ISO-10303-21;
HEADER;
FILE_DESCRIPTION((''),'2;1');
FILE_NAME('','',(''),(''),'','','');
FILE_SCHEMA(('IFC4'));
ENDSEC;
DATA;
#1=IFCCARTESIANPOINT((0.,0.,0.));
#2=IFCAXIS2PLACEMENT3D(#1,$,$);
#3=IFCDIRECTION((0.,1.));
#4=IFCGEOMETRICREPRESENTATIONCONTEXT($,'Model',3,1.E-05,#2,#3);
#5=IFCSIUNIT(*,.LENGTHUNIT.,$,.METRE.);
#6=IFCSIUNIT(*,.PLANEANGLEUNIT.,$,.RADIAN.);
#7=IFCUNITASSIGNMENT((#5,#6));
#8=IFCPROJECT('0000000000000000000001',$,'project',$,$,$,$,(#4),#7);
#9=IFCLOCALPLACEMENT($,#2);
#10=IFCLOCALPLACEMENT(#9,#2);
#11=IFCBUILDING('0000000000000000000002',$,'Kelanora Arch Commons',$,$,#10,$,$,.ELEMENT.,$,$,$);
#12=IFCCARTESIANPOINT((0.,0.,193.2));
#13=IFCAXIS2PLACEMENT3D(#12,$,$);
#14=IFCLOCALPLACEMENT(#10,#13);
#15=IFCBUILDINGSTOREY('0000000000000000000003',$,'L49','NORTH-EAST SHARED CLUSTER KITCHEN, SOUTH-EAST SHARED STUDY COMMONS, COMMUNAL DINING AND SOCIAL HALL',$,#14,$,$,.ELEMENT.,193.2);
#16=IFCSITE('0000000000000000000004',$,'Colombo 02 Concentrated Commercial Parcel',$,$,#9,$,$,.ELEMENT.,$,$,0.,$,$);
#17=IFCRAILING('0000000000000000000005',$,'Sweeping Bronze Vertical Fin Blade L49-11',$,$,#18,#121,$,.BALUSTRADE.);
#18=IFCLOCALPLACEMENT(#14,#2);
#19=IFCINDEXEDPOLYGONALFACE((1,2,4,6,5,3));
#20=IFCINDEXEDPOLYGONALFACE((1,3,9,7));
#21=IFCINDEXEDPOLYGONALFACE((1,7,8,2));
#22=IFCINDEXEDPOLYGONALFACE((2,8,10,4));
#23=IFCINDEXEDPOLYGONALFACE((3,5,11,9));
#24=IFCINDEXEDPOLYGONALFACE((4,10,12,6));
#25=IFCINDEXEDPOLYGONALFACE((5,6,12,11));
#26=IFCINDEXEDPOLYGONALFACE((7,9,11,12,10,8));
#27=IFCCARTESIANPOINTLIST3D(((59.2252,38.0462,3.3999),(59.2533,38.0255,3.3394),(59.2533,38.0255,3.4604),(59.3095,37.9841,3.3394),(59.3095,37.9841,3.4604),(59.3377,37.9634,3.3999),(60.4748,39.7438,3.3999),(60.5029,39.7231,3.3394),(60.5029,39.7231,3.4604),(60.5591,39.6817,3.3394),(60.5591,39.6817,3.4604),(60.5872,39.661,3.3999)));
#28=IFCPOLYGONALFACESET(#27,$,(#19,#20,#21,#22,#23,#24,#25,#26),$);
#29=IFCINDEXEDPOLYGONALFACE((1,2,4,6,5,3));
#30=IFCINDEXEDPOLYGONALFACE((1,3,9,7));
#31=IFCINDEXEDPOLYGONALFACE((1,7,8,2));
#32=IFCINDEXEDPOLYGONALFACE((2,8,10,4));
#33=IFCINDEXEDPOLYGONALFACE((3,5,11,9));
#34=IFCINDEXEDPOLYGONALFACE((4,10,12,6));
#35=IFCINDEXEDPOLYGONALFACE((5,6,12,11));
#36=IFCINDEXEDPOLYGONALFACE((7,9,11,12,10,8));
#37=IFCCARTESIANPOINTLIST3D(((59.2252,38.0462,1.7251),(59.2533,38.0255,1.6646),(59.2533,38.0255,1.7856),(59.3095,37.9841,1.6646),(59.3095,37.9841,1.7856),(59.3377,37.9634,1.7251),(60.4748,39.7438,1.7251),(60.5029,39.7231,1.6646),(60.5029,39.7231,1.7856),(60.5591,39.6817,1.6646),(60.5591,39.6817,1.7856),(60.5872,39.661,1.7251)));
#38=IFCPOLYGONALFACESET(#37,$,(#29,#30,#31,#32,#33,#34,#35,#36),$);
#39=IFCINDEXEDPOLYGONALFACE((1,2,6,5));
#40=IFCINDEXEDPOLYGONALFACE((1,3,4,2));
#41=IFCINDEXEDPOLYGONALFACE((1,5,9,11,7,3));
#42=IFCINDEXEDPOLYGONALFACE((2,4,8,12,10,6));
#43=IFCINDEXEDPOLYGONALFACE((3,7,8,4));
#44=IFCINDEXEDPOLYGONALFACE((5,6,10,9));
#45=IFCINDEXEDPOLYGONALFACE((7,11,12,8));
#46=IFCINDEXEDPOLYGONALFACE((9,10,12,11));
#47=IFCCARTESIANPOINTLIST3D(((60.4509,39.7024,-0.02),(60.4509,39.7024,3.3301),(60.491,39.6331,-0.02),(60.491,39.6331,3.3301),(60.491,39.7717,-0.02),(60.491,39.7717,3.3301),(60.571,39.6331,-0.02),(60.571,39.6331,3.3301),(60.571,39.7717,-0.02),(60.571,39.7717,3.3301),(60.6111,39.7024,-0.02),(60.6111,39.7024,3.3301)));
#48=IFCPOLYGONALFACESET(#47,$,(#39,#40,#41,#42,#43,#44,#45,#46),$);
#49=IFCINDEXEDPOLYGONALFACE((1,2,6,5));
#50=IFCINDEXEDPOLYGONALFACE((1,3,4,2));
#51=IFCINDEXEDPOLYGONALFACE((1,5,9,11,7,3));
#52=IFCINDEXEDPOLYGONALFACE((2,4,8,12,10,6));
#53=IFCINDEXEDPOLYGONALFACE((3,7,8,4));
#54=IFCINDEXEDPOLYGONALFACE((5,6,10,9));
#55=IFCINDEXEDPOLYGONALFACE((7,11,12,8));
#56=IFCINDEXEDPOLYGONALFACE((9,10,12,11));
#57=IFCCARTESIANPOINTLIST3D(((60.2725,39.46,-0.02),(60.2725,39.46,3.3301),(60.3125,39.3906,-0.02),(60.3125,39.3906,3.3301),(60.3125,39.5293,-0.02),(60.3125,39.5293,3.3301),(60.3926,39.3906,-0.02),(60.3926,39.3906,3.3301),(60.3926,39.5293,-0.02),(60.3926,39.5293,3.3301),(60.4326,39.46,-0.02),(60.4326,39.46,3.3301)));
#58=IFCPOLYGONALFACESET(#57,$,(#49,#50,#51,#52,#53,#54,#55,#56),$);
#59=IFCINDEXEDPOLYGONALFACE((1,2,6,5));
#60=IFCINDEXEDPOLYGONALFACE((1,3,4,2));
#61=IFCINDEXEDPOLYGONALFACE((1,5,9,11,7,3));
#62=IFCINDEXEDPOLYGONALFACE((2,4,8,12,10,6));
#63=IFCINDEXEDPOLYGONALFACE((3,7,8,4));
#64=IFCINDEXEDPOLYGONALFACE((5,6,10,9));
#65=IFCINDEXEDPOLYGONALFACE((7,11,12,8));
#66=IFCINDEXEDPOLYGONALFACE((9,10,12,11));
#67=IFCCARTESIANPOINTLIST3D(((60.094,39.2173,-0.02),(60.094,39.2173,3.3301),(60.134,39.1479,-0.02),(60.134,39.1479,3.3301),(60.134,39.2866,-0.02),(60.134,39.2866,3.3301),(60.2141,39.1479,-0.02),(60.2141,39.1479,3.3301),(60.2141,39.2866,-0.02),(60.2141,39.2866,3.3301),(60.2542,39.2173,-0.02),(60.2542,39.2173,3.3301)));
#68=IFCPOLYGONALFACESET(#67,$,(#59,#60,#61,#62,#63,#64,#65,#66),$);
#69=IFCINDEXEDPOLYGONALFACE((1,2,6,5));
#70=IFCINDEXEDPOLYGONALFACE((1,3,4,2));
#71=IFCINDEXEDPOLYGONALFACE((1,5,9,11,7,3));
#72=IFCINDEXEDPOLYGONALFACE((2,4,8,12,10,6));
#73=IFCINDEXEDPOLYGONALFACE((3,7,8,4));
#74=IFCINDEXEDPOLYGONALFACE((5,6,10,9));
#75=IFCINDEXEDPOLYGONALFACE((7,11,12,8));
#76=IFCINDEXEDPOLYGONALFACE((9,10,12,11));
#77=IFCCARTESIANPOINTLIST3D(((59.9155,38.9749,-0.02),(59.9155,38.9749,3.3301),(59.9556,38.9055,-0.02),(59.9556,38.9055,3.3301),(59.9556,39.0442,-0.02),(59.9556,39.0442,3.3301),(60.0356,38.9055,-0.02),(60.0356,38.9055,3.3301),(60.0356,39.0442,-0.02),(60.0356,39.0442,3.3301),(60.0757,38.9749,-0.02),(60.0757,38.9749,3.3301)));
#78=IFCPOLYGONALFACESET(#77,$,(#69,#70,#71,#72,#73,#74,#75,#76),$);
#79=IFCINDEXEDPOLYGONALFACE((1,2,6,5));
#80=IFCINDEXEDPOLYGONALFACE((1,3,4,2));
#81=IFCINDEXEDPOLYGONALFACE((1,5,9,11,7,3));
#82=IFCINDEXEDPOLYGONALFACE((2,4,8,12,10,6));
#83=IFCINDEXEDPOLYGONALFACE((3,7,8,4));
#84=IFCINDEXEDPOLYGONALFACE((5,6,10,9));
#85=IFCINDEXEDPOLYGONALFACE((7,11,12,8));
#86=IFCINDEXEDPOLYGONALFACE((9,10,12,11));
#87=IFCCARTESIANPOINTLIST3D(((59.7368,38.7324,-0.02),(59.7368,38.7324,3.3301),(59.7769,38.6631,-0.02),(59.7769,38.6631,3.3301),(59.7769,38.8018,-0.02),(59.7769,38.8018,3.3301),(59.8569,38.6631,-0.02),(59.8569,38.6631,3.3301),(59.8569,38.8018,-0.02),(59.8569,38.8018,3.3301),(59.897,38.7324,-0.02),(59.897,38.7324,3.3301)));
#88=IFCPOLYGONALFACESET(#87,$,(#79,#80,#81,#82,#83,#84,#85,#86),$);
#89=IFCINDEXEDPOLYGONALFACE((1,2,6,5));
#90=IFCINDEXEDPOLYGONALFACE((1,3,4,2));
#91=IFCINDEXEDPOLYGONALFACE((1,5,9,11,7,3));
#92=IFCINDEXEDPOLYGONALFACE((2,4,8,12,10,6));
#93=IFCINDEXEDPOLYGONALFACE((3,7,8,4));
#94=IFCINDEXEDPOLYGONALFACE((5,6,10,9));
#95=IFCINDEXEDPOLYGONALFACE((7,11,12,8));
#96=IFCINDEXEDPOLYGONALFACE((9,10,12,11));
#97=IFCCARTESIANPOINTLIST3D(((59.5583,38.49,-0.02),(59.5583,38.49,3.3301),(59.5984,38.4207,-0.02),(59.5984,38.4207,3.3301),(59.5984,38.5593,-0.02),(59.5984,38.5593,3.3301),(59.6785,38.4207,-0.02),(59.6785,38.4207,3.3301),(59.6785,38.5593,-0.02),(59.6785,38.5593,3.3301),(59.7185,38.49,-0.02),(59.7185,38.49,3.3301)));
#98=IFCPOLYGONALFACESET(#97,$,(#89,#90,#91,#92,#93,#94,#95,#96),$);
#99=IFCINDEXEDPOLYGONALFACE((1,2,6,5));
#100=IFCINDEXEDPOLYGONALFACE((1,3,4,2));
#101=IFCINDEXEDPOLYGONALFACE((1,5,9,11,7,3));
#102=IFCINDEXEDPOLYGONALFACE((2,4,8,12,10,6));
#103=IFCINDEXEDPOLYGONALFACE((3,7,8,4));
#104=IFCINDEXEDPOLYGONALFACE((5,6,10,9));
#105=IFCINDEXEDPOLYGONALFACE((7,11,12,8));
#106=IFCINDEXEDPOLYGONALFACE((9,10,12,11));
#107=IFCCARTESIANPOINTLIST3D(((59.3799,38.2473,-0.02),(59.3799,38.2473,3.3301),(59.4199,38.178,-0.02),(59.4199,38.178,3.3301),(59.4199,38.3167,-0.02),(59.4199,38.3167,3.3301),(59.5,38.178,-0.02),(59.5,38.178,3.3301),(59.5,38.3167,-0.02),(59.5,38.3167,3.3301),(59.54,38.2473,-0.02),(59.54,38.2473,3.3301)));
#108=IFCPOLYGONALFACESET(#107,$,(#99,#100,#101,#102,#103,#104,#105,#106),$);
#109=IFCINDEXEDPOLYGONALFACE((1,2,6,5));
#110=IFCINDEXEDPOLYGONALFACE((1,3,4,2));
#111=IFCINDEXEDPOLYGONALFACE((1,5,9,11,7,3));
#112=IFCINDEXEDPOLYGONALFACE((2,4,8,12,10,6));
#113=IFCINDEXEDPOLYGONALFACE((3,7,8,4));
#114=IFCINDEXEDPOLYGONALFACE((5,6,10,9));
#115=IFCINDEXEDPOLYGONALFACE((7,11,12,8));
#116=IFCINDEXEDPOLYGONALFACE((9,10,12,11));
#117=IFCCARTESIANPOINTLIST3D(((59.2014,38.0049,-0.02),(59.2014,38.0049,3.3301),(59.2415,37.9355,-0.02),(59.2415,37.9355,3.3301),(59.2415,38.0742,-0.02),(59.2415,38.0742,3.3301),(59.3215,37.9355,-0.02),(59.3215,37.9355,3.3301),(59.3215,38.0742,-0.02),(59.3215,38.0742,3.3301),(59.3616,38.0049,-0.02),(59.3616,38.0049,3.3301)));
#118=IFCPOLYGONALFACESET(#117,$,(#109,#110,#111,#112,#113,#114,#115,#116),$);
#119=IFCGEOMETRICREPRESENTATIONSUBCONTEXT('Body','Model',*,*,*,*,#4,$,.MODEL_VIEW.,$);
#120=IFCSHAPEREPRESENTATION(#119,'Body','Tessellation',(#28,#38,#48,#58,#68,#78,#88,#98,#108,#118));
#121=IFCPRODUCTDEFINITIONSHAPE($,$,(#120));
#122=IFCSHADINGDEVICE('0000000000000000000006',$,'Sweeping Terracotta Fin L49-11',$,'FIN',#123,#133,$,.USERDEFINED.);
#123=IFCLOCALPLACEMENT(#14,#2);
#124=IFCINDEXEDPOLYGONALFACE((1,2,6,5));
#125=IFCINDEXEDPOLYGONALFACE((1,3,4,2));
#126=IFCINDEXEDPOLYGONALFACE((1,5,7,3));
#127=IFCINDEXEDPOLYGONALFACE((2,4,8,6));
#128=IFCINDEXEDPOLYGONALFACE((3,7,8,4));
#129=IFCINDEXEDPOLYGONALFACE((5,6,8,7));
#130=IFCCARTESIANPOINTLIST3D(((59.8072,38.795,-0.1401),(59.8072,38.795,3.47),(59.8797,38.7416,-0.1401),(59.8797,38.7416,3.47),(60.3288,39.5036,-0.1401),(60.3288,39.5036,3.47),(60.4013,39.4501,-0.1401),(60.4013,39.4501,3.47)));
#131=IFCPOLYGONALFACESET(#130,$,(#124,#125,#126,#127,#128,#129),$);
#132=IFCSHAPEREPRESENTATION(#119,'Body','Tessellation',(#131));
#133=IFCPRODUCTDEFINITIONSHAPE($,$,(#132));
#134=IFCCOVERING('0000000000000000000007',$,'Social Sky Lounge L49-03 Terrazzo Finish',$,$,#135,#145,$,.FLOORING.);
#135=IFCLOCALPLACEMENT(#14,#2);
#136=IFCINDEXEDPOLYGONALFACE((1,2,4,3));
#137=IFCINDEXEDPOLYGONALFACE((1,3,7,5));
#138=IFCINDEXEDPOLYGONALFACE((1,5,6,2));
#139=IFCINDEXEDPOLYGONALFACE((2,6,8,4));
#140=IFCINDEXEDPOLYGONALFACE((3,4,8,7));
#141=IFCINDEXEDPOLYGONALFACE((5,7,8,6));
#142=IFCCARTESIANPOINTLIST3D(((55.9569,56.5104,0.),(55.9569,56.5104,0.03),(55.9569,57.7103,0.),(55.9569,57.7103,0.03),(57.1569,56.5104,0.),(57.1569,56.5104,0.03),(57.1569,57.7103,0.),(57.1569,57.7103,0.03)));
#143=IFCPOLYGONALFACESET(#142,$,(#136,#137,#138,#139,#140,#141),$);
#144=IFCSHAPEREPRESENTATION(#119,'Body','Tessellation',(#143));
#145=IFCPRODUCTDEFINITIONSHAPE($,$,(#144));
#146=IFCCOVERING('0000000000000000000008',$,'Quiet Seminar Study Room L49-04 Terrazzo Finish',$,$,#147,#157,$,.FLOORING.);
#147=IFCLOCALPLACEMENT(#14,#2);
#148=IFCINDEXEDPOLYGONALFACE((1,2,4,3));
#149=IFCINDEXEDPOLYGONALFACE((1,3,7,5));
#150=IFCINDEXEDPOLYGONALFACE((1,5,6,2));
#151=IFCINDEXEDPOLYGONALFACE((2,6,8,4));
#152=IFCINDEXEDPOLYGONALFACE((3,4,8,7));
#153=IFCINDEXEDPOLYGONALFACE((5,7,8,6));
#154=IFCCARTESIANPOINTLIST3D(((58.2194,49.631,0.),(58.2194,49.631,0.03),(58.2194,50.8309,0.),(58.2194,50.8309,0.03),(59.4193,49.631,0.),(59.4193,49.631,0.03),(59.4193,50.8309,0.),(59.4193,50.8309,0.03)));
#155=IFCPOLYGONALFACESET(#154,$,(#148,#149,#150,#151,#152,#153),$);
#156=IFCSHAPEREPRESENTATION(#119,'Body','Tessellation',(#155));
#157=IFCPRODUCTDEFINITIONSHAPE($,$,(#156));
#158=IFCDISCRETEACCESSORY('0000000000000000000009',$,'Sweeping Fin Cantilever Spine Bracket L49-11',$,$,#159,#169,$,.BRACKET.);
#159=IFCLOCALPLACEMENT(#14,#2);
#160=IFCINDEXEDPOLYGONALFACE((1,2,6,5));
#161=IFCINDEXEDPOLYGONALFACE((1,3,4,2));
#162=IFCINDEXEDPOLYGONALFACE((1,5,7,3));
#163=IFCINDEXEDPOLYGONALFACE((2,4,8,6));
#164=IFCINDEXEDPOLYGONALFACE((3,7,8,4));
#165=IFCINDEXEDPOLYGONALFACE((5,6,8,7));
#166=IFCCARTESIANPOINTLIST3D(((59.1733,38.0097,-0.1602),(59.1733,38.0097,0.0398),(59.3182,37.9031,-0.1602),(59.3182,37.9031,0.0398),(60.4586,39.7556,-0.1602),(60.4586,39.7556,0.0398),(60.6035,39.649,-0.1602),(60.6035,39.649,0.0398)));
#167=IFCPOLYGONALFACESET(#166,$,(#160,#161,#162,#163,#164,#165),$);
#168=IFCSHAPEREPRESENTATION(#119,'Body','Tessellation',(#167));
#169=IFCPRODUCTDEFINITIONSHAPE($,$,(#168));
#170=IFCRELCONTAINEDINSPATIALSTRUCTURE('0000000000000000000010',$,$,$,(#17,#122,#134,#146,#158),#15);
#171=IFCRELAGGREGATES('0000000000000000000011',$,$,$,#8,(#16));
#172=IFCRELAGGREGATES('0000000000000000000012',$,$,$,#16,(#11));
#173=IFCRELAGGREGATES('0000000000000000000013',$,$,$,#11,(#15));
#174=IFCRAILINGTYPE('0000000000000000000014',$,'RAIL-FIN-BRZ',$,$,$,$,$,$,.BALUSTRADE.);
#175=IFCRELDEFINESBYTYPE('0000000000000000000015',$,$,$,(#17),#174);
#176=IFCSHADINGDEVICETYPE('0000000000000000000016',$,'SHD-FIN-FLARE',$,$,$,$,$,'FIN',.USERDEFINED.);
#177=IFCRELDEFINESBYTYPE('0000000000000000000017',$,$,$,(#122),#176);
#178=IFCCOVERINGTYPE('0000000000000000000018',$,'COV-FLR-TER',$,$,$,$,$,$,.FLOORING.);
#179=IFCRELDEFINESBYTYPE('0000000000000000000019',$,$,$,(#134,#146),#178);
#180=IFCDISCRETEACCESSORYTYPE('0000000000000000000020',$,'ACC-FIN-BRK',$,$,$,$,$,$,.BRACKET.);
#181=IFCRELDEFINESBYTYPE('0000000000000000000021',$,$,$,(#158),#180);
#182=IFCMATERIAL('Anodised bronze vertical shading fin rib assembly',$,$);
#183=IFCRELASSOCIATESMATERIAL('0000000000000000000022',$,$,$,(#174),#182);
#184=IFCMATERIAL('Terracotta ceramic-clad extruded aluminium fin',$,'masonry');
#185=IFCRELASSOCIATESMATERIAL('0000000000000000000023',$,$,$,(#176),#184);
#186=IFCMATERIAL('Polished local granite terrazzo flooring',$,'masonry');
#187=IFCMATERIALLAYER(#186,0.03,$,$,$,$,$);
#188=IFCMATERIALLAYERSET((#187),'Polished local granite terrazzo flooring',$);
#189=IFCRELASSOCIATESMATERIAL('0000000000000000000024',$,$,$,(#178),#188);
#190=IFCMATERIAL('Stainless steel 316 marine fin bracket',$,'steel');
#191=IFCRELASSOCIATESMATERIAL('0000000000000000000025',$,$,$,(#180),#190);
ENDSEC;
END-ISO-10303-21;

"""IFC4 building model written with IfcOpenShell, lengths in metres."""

from ifc_helpers import new_model, si_unit, direction, frame, origin, origin_2d, place, context, subcontext, project, spatial, polyline, rectangle, outline, extrude, source, transform, mapped, material, layer, layer_set, type_object, element, save


model = new_model("IFC4")

# Units and contexts
model_context = context("Model", 3, precision=1e-05, world=origin(), true_north=direction((0.0, 1.0)))
body_context = subcontext(model_context, "Body", "Model", "MODEL_VIEW")
ifc_project = project(units=[si_unit("LENGTHUNIT", "METRE"), si_unit("PLANEANGLEUNIT", "RADIAN")], contexts=[model_context])

# Site, building, storey
site_placement = place(None, origin())
site = spatial("IfcSite", under=ifc_project, at=site_placement, Name="Colombo 02 Concentrated Commercial Parcel", CompositionType="ELEMENT", RefElevation=0.0)
building_placement = place(site_placement, origin())
building = spatial("IfcBuilding", under=site, at=building_placement, Name="Kelanora Arch Commons", CompositionType="ELEMENT")
storey_placement = place(building_placement, frame((0.0, 0.0, 193.2)))
storey = spatial("IfcBuildingStorey", under=building, at=storey_placement, Name="L49", Description="NORTH-EAST SHARED CLUSTER KITCHEN, SOUTH-EAST SHARED STUDY COMMONS, COMMUNAL DINING AND SOCIAL HALL", CompositionType="ELEMENT", Elevation=193.2)

# Railing
ifc_material_1 = material(Name="Anodised bronze vertical shading fin rib assembly")
railing_type = type_object("IfcRailingType", Name="RAIL-FIN-BRZ", PredefinedType="BALUSTRADE", material=ifc_material_1)
railing_placement = place(storey_placement, frame((60.531, 39.7024, -0.02)))
element("IfcRailing", 1, at=railing_placement, inside=storey, type_object=railing_type, Name="Sweeping Bronze Vertical Fin Blade L49-11", PredefinedType="BALUSTRADE", context=body_context, shape_type="SweptSolid", body=[
    extrude(outline(polyline([(0.0698, 0.0), (0.0349, 0.0605), (-0.0349, 0.0605), (-0.0698, 0.0), (-0.0349, -0.0605), (0.0349, -0.0605), (0.0698, 0.0)])), frame((0.0, 0.0, 3.4199), z_axis=(-0.592804, -0.805347, 0.0), x_axis=(0.805347, -0.592804, 0.0)), (0.0, 0.0, 1.0), 2.1079),
    extrude(outline(polyline([(0.0698, 0.0), (0.0349, 0.0605), (-0.0349, 0.0605), (-0.0698, 0.0), (-0.0349, -0.0605), (0.0349, -0.0605), (0.0698, 0.0)])), frame((0.0, 0.0, 1.7451), z_axis=(-0.592804, -0.805347, 0.0), x_axis=(0.805347, -0.592804, 0.0)), (0.0, 0.0, 1.0), 2.1079),
    extrude(outline(polyline([(0.0801, 0.0), (0.04, 0.0693), (-0.04, 0.0693), (-0.0801, 0.0), (-0.04, -0.0693), (0.04, -0.0693), (0.0801, 0.0)])), origin(), (0.0, 0.0, 1.0), 3.3501),
    extrude(outline(polyline([(0.0801, 0.0), (0.04, 0.0693), (-0.04, 0.0693), (-0.0801, 0.0), (-0.04, -0.0693), (0.04, -0.0693), (0.0801, 0.0)])), frame((-0.1785, -0.2424, 0.0)), (0.0, 0.0, 1.0), 3.3501),
    extrude(outline(polyline([(0.0801, 0.0), (0.04, 0.0693), (-0.04, 0.0693), (-0.0801, 0.0), (-0.04, -0.0693), (0.04, -0.0693), (0.0801, 0.0)])), frame((-0.3569, -0.4851, 0.0)), (0.0, 0.0, 1.0), 3.3501),
    extrude(outline(polyline([(0.0801, 0.0), (0.04, 0.0693), (-0.04, 0.0693), (-0.0801, 0.0), (-0.04, -0.0693), (0.04, -0.0693), (0.0801, 0.0)])), frame((-0.5354, -0.7275, 0.0)), (0.0, 0.0, 1.0), 3.3501),
    extrude(outline(polyline([(0.0801, 0.0), (0.04, 0.0693), (-0.04, 0.0693), (-0.0801, 0.0), (-0.04, -0.0693), (0.04, -0.0693), (0.0801, 0.0)])), frame((-0.7141, -0.97, 0.0)), (0.0, 0.0, 1.0), 3.3501),
    extrude(outline(polyline([(0.0801, 0.0), (0.04, 0.0693), (-0.04, 0.0693), (-0.0801, 0.0), (-0.04, -0.0693), (0.04, -0.0693), (0.0801, 0.0)])), frame((-0.8926, -1.2124, 0.0)), (0.0, 0.0, 1.0), 3.3501),
    extrude(outline(polyline([(0.0801, 0.0), (0.04, 0.0693), (-0.04, 0.0693), (-0.0801, 0.0), (-0.04, -0.0693), (0.04, -0.0693), (0.0801, 0.0)])), frame((-1.071, -1.4551, 0.0)), (0.0, 0.0, 1.0), 3.3501),
    extrude(outline(polyline([(0.0801, 0.0), (0.04, 0.0693), (-0.04, 0.0693), (-0.0801, 0.0), (-0.04, -0.0693), (0.04, -0.0693), (0.0801, 0.0)])), frame((-1.2495, -1.6975, 0.0)), (0.0, 0.0, 1.0), 3.3501),
])

# Shading device
ifc_material_2 = material(Name="Terracotta ceramic-clad extruded aluminium fin", Category="masonry")
shading_device_type = type_object("IfcShadingDeviceType", Name="SHD-FIN-FLARE", ElementType="FIN", PredefinedType="USERDEFINED", material=ifc_material_2)
shared_shape_1 = source(origin(), body_context, "Body", "SweptSolid", [
    extrude(rectangle(XDim=0.8799, YDim=0.0901, at=origin_2d()), origin(), (0.0, 0.0, 1.0), 3.6101),
])
shading_device_placement = place(storey_placement, frame((60.1042, 39.1226, -0.1401), z_axis=(0.0, 0.0, 1.0), x_axis=(-0.592857, -0.805308, 0.0)))
element("IfcShadingDevice", 2, at=shading_device_placement, inside=storey, type_object=shading_device_type, Name="Sweeping Terracotta Fin L49-11", ObjectType="FIN", PredefinedType="USERDEFINED", context=body_context, shape_type="MappedRepresentation", body=[
    mapped(shared_shape_1, transform((0.0, 0.0, 0.0), scale=1.0)),
])

# Coverings
ifc_material_3 = material(Name="Polished local granite terrazzo flooring", Category="masonry")
ifc_layer_1 = layer(ifc_material_3, 0.03)
ifc_layer_set_1 = layer_set([ifc_layer_1], Name="Polished local granite terrazzo flooring")
covering_type = type_object("IfcCoveringType", Name="COV-FLR-TER", PredefinedType="FLOORING", material=ifc_layer_set_1)
shared_shape_2 = source(origin(), body_context, "Body", "SweptSolid", [
    extrude(rectangle(XDim=1.2, YDim=1.2, at=origin_2d()), origin(), (0.0, 0.0, 1.0), 0.03),
])
for number, where, z_axis, x_axis, name in (
    (3, (56.5569, 57.1104, 0.0), (0.0, 0.0, 1.0), (1.0, 0.0, 0.0), "Social Sky Lounge L49-03 Terrazzo Finish"),
    (4, (58.8193, 50.231, 0.0), (0.0, 0.0, 1.0), (1.0, 0.0, 0.0), "Quiet Seminar Study Room L49-04 Terrazzo Finish"),
):
    element("IfcCovering", number, at=place(storey_placement, frame(where, z_axis=z_axis, x_axis=x_axis)), inside=storey, type_object=covering_type, Name=name, PredefinedType="FLOORING", context=body_context, shape_type="MappedRepresentation", body=[
        mapped(shared_shape_2, transform((0.0, 0.0, 0.0), scale=1.0)),
    ])

# Discrete accessory
ifc_material_4 = material(Name="Stainless steel 316 marine fin bracket", Category="steel")
discrete_accessory_type = type_object("IfcDiscreteAccessoryType", Name="ACC-FIN-BRK", PredefinedType="BRACKET", material=ifc_material_4)
shared_shape_3 = source(origin(), body_context, "Body", "SweptSolid", [
    extrude(rectangle(XDim=2.168, YDim=0.1799, at=origin_2d()), origin(), (0.0, 0.0, 1.0), 0.2),
])
discrete_accessory_placement = place(storey_placement, frame((59.8884, 38.8293, -0.1602), z_axis=(0.0, 0.0, 1.0), x_axis=(-0.592857, -0.805308, 0.0)))
element("IfcDiscreteAccessory", 5, at=discrete_accessory_placement, inside=storey, type_object=discrete_accessory_type, Name="Sweeping Fin Cantilever Spine Bracket L49-11", PredefinedType="BRACKET", context=body_context, shape_type="MappedRepresentation", body=[
    mapped(shared_shape_3, transform((0.0, 0.0, 0.0), scale=1.0)),
])

save(model, "model.ifc")
